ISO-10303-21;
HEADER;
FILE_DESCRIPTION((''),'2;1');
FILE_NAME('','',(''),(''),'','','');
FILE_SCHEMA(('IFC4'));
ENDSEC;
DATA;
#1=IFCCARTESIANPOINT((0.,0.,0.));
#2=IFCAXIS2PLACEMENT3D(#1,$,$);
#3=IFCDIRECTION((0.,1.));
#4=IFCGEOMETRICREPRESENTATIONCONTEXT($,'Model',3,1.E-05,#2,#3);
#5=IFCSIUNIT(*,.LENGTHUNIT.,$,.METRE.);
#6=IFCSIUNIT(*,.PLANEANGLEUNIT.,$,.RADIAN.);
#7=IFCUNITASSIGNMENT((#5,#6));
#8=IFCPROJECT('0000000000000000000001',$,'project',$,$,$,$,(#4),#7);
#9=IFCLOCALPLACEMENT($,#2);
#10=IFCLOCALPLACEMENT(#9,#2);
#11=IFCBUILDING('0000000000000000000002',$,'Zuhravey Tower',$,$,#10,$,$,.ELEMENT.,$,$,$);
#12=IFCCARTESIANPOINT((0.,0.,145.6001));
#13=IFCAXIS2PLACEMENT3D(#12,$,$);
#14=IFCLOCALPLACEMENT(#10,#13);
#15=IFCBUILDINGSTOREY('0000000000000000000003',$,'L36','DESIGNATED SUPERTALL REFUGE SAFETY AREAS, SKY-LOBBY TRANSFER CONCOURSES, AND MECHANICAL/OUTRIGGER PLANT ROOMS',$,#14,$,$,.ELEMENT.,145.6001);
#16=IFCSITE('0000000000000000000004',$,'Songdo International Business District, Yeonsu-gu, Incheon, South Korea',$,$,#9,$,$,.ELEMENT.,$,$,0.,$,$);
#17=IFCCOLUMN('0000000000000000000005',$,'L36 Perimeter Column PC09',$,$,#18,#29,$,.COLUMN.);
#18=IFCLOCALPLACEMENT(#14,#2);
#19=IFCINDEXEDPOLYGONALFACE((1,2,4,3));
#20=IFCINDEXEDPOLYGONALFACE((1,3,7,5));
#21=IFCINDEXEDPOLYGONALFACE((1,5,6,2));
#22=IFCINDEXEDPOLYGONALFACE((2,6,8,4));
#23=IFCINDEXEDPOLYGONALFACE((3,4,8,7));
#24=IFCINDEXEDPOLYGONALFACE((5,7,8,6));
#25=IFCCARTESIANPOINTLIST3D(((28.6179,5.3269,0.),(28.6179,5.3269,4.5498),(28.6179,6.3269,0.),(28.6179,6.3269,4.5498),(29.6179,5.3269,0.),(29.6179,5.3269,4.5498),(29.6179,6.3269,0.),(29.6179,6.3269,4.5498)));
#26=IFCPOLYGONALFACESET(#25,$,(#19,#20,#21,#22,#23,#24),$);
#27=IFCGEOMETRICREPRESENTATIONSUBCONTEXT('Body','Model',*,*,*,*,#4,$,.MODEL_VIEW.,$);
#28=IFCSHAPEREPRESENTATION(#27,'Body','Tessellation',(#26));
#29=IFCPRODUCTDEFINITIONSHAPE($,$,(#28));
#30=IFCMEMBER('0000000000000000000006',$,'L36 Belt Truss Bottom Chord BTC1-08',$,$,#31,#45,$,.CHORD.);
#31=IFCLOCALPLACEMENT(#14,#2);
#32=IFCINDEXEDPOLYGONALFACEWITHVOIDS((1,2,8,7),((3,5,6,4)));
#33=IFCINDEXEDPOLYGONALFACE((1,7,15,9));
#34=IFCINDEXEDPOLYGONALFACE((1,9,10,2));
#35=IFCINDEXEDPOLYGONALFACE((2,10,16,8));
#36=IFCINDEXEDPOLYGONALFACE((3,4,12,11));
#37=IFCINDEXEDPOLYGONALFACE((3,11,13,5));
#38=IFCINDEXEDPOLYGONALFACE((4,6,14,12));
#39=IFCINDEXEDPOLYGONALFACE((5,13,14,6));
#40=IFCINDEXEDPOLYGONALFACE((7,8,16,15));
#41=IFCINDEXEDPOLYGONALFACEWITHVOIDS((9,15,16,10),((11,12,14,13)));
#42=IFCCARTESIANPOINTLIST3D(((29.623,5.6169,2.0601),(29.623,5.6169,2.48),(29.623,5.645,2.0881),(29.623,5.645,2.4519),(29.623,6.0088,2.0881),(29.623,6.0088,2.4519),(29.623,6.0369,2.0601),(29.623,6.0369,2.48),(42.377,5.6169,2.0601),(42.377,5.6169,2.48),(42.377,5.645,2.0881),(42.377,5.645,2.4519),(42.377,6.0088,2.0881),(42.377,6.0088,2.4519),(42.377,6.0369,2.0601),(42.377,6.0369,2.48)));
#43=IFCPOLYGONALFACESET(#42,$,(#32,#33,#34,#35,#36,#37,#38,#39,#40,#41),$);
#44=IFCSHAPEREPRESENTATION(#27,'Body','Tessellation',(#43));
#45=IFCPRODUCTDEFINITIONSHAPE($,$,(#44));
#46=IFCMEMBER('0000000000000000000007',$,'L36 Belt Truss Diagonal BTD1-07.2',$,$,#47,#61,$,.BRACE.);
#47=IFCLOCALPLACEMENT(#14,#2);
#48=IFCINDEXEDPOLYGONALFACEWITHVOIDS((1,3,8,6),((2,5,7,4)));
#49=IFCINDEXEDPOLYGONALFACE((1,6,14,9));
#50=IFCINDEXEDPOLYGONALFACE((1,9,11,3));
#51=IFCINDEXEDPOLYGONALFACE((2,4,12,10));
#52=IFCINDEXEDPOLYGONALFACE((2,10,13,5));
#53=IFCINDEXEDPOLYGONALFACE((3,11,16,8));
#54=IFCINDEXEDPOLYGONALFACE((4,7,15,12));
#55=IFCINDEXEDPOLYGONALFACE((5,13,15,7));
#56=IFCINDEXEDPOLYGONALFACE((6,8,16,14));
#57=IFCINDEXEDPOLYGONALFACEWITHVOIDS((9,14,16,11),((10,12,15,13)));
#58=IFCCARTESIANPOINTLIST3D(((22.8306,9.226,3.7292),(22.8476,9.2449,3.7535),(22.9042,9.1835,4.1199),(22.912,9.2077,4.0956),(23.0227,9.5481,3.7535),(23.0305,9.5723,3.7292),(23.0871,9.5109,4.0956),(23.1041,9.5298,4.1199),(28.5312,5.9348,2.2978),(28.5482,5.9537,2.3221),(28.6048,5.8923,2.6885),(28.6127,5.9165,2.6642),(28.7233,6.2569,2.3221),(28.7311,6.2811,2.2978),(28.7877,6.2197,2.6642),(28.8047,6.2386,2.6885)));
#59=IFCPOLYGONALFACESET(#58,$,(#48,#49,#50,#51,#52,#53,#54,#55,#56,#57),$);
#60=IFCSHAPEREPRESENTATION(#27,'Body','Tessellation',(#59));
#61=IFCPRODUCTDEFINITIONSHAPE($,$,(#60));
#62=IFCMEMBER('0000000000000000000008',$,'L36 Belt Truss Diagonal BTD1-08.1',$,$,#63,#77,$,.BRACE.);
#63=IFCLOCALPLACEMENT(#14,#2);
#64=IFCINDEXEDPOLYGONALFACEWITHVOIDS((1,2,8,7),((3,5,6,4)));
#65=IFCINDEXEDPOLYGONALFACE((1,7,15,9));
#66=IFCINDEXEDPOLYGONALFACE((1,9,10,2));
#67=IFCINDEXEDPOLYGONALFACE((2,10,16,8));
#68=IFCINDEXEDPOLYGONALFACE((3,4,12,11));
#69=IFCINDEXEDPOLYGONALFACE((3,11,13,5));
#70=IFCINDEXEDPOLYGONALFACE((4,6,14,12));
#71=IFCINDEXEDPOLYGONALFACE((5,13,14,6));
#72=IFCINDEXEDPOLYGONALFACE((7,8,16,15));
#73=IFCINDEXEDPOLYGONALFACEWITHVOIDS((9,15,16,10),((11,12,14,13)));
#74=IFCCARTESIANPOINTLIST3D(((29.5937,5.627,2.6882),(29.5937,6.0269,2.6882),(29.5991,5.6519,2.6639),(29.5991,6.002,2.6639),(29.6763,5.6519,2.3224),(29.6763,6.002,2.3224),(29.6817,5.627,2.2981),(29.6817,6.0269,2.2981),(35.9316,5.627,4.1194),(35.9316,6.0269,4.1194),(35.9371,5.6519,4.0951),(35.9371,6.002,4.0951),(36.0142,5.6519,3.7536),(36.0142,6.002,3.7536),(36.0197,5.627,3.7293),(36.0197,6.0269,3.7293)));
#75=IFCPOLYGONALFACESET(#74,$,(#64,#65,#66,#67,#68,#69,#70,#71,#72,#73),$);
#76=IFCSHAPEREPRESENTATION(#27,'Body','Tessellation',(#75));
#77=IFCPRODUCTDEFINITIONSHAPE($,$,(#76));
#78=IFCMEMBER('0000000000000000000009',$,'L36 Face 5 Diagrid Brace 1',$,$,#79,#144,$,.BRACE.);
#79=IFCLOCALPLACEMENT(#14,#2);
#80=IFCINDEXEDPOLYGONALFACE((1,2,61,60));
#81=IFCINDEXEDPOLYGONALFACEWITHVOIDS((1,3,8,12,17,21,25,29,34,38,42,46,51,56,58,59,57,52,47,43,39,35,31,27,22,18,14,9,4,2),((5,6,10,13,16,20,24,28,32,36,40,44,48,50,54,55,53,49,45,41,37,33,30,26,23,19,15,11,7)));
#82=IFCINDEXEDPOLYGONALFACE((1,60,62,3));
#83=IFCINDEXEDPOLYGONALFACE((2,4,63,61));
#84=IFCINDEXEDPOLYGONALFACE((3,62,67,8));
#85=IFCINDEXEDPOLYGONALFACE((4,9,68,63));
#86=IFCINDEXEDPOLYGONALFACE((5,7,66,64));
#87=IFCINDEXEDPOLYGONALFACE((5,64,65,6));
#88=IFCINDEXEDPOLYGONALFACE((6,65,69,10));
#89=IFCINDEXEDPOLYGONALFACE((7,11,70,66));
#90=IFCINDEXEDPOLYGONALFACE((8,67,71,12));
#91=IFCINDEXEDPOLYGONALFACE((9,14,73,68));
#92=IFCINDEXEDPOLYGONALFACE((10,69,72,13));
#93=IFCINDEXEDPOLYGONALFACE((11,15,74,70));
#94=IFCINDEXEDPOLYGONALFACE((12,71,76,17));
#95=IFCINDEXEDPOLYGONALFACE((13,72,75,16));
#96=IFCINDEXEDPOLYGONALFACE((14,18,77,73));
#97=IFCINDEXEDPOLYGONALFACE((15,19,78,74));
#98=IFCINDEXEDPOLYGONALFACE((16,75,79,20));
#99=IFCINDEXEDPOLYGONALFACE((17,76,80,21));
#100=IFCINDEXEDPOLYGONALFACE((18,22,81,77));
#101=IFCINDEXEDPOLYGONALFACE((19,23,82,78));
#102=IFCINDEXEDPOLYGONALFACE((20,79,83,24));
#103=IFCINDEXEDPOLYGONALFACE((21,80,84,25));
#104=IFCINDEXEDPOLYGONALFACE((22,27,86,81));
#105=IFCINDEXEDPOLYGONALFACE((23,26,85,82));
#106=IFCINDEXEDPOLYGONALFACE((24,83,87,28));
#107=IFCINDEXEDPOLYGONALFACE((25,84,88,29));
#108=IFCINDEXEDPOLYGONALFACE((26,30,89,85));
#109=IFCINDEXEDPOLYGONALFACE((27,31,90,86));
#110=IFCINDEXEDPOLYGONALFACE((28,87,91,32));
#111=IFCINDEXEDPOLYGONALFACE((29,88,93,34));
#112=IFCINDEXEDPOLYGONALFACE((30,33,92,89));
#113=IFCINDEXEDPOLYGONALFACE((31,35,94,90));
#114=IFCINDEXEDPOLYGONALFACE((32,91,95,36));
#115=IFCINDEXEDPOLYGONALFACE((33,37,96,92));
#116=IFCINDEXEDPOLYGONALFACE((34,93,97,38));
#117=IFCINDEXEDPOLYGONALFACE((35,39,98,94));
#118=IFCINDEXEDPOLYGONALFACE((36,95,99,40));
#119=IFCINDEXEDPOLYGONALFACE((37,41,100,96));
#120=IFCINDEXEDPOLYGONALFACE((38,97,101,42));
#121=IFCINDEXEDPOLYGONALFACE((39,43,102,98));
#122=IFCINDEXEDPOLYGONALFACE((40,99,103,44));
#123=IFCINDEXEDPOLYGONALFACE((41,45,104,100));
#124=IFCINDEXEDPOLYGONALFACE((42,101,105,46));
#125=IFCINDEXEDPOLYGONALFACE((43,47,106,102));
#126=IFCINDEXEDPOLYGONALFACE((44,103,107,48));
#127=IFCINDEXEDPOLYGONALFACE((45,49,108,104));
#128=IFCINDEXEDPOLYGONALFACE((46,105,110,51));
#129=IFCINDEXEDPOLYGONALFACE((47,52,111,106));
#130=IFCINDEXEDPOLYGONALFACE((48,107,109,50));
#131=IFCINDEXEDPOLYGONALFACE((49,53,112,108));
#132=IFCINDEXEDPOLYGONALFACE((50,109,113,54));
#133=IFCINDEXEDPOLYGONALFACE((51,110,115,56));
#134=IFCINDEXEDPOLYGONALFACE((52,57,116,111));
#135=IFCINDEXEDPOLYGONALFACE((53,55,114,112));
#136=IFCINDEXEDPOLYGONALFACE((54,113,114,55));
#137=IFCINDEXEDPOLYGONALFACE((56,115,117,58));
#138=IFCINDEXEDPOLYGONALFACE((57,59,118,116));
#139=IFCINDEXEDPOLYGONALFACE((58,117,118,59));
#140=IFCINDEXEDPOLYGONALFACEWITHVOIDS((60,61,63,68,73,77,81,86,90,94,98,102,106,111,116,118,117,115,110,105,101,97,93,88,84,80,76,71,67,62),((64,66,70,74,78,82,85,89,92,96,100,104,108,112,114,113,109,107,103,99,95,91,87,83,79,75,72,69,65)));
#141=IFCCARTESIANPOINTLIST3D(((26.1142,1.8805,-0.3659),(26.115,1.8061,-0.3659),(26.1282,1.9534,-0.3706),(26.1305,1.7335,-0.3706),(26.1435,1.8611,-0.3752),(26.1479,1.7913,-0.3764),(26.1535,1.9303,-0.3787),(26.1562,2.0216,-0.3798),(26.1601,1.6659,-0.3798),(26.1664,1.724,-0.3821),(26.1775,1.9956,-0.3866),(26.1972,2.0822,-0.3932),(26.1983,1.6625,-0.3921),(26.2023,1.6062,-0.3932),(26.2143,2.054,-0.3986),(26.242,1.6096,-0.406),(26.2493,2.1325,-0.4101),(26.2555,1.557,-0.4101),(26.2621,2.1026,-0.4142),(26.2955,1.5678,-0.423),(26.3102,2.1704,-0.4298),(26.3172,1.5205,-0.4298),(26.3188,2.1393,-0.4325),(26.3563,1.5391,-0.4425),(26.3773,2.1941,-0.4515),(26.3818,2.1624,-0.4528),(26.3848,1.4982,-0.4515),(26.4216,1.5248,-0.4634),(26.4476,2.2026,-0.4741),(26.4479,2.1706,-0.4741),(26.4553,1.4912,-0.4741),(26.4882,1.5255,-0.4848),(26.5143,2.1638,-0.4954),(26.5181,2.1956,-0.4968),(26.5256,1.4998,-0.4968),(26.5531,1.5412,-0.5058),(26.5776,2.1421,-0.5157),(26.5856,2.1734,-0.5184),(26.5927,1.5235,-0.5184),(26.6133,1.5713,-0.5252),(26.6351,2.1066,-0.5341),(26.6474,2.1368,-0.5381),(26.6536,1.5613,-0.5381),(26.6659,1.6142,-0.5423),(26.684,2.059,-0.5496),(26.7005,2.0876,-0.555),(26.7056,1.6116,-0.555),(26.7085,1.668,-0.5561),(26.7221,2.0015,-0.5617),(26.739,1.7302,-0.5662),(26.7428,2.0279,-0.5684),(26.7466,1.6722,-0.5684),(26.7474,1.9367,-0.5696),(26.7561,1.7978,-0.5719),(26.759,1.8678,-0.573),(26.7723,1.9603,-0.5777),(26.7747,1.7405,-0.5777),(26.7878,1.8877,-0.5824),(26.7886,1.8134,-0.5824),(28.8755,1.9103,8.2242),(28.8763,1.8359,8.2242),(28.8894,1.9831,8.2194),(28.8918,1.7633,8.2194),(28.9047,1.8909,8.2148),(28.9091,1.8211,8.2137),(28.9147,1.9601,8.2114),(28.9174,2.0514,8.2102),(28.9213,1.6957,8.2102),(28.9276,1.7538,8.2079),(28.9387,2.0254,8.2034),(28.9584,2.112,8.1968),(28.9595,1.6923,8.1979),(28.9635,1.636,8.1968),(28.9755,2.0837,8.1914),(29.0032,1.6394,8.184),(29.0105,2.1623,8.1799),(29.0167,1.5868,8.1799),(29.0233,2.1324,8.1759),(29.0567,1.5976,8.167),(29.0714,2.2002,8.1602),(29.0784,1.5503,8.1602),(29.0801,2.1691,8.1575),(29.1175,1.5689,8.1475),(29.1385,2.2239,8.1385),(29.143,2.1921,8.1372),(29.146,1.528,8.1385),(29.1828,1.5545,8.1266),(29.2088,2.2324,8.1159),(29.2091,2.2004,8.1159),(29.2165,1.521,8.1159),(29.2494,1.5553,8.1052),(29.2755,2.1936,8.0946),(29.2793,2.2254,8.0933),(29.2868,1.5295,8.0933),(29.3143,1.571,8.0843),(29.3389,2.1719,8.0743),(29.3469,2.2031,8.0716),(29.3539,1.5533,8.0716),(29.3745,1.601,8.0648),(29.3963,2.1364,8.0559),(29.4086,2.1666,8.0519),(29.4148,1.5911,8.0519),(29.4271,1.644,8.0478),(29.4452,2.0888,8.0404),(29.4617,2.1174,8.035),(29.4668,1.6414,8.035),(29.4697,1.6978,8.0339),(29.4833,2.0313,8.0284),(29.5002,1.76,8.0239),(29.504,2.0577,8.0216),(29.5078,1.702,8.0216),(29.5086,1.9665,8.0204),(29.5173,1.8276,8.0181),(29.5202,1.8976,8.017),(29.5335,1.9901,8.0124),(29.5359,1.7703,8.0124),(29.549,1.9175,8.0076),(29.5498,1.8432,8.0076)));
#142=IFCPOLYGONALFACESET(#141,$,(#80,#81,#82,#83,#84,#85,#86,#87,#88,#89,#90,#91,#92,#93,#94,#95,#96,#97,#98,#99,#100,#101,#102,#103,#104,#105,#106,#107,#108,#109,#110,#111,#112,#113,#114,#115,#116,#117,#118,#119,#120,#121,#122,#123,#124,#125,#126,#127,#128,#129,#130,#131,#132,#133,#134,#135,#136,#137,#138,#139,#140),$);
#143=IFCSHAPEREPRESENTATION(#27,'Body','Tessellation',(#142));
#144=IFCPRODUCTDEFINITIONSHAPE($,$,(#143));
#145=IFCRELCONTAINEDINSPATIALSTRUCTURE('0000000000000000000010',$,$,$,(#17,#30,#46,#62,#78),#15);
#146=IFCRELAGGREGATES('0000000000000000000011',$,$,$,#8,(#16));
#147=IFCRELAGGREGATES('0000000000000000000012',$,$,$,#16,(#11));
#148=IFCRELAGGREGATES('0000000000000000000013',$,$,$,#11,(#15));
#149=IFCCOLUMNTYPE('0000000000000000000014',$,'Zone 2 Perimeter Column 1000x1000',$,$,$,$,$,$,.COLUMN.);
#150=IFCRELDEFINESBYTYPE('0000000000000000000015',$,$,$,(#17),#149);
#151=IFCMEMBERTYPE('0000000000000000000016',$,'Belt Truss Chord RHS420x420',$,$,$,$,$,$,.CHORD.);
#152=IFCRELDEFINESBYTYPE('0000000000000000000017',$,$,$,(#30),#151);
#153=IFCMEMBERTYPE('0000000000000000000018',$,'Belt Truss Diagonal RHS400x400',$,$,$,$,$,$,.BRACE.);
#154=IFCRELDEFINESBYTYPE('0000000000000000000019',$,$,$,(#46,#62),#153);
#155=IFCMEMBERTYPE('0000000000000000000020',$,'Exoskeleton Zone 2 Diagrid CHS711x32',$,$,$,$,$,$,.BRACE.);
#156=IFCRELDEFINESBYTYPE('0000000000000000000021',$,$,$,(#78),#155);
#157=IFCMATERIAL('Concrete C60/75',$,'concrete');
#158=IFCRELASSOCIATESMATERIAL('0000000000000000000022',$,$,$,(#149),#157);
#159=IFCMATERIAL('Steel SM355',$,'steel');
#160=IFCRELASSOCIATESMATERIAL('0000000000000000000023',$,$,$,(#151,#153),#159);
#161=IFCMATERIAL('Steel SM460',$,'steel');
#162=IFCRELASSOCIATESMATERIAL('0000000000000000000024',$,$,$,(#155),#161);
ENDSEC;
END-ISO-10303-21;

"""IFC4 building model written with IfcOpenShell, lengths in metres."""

from ifc_helpers import new_model, si_unit, direction, frame, origin, origin_2d, place, context, subcontext, project, spatial, rectangle, hollow_rectangle, hollow_circle, extrude, material, material_profile, profile_set, type_object, element, save


model = new_model("IFC4")

# Units and contexts
model_context = context("Model", 3, precision=1e-05, world=origin(), true_north=direction((0.0, 1.0)))
body_context = subcontext(model_context, "Body", "Model", "MODEL_VIEW")
ifc_project = project(units=[si_unit("LENGTHUNIT", "METRE"), si_unit("PLANEANGLEUNIT", "RADIAN")], contexts=[model_context])

# Site, building, storey
site_placement = place(None, origin())
site = spatial("IfcSite", under=ifc_project, at=site_placement, Name="Songdo International Business District, Yeonsu-gu, Incheon, South Korea", CompositionType="ELEMENT", RefElevation=0.0)
building_placement = place(site_placement, origin())
building = spatial("IfcBuilding", under=site, at=building_placement, Name="Zuhravey Tower", CompositionType="ELEMENT")
storey_placement = place(building_placement, frame((0.0, 0.0, 145.6001)))
storey = spatial("IfcBuildingStorey", under=building, at=storey_placement, Name="L36", Description="DESIGNATED SUPERTALL REFUGE SAFETY AREAS, SKY-LOBBY TRANSFER CONCOURSES, AND MECHANICAL/OUTRIGGER PLANT ROOMS", CompositionType="ELEMENT", Elevation=145.6001)

# Column
ifc_material_1 = material(Name="Concrete C60/75", Category="concrete")
ifc_material_profile_1 = material_profile(ifc_material_1, rectangle(XDim=1.0, YDim=1.0, at=origin_2d()), Name="RC-1000x1000")
ifc_profile_set_1 = profile_set([ifc_material_profile_1], Name="Concrete C60/75")
column_type = type_object("IfcColumnType", Name="Zone 2 Perimeter Column 1000x1000", PredefinedType="COLUMN", material=ifc_profile_set_1)
column_placement = place(storey_placement, frame((29.1179, 5.8269, 0.0), z_axis=(0.0, 0.0, 1.0), x_axis=(1.0, 0.0, 0.0)))
element("IfcColumn", 1, at=column_placement, inside=storey, type_object=column_type, Name="L36 Perimeter Column PC09", PredefinedType="COLUMN", context=body_context, shape_type="SweptSolid", body=[
    extrude(rectangle(XDim=1.0, YDim=1.0, at=origin_2d()), origin(), (0.0, 0.0, 1.0), 4.5498),
])

# Members
ifc_material_2 = material(Name="Steel SM355", Category="steel")
ifc_material_profile_2 = material_profile(ifc_material_2, hollow_rectangle(XDim=0.4199, YDim=0.4199, WallThickness=0.0281, at=origin_2d()), Name="RHS-420x420x28")
ifc_profile_set_2 = profile_set([ifc_material_profile_2], Name="Steel SM355")
member_type_1 = type_object("IfcMemberType", Name="Belt Truss Chord RHS420x420", PredefinedType="CHORD", material=ifc_profile_set_2)
member_1_placement = place(storey_placement, frame((29.623, 5.8269, 2.27), z_axis=(1.0, 0.0, 0.0), x_axis=(0.0, 1.0, 0.0)))
element("IfcMember", 2, at=member_1_placement, inside=storey, type_object=member_type_1, Name="L36 Belt Truss Bottom Chord BTC1-08", PredefinedType="CHORD", context=body_context, shape_type="SweptSolid", body=[
    extrude(hollow_rectangle(XDim=0.4199, YDim=0.4199, WallThickness=0.0281, at=origin_2d()), origin(), (0.0, 0.0, 1.0), 12.7539),
])
ifc_material_profile_3 = material_profile(ifc_material_2, hollow_rectangle(XDim=0.3999, YDim=0.3999, WallThickness=0.0249, at=origin_2d()), Name="RHS-400x400x25")
ifc_profile_set_3 = profile_set([ifc_material_profile_3], Name="Steel SM355")
member_type_2 = type_object("IfcMemberType", Name="Belt Truss Diagonal RHS400x400", PredefinedType="BRACE", material=ifc_profile_set_3)
member_2_placement = place(storey_placement, frame((28.668, 6.0867, 2.4932), z_axis=(-0.846251, 0.488578, 0.212487), x_axis=(-0.499996, -0.866027, 0.0)))
element("IfcMember", 3, at=member_2_placement, inside=storey, type_object=member_type_2, Name="L36 Belt Truss Diagonal BTD1-07.2", PredefinedType="BRACE", context=body_context, shape_type="SweptSolid", body=[
    extrude(hollow_rectangle(XDim=0.3999, YDim=0.3999, WallThickness=0.0249, at=origin_2d()), origin(), (0.0, 0.0, 1.0), 6.7363),
])
member_3_placement = place(storey_placement, frame((29.6377, 5.8269, 2.4932), z_axis=(0.97544, 0.0, 0.220263), x_axis=(0.0, 1.0, 0.0)))
element("IfcMember", 4, at=member_3_placement, inside=storey, type_object=member_type_2, Name="L36 Belt Truss Diagonal BTD1-08.1", PredefinedType="BRACE", context=body_context, shape_type="SweptSolid", body=[
    extrude(hollow_rectangle(XDim=0.3999, YDim=0.3999, WallThickness=0.0249, at=origin_2d()), origin(), (0.0, 0.0, 1.0), 6.4976),
])
ifc_material_3 = material(Name="Steel SM460", Category="steel")
ifc_material_profile_4 = material_profile(ifc_material_3, hollow_circle(Radius=0.3557, WallThickness=0.032, at=origin_2d()), Name="CHS-711.2x32")
ifc_profile_set_4 = profile_set([ifc_material_profile_4], Name="Steel SM460")
member_type_3 = type_object("IfcMemberType", Name="Exoskeleton Zone 2 Diagrid CHS711x32", PredefinedType="BRACE", material=ifc_profile_set_4)
member_4_placement = place(storey_placement, frame((26.4514, 1.8469, -0.4741), z_axis=(0.306021, 0.003301, 0.952019), x_axis=(-0.010786, 0.999942, 0.0)))
element("IfcMember", 5, at=member_4_placement, inside=storey, type_object=member_type_3, Name="L36 Face 5 Diagrid Brace 1", PredefinedType="BRACE", context=body_context, shape_type="SweptSolid", body=[
    extrude(hollow_circle(Radius=0.3557, WallThickness=0.032, at=origin_2d()), origin(), (0.0, 0.0, 1.0), 9.0229),
])

save(model, "model.ifc")
